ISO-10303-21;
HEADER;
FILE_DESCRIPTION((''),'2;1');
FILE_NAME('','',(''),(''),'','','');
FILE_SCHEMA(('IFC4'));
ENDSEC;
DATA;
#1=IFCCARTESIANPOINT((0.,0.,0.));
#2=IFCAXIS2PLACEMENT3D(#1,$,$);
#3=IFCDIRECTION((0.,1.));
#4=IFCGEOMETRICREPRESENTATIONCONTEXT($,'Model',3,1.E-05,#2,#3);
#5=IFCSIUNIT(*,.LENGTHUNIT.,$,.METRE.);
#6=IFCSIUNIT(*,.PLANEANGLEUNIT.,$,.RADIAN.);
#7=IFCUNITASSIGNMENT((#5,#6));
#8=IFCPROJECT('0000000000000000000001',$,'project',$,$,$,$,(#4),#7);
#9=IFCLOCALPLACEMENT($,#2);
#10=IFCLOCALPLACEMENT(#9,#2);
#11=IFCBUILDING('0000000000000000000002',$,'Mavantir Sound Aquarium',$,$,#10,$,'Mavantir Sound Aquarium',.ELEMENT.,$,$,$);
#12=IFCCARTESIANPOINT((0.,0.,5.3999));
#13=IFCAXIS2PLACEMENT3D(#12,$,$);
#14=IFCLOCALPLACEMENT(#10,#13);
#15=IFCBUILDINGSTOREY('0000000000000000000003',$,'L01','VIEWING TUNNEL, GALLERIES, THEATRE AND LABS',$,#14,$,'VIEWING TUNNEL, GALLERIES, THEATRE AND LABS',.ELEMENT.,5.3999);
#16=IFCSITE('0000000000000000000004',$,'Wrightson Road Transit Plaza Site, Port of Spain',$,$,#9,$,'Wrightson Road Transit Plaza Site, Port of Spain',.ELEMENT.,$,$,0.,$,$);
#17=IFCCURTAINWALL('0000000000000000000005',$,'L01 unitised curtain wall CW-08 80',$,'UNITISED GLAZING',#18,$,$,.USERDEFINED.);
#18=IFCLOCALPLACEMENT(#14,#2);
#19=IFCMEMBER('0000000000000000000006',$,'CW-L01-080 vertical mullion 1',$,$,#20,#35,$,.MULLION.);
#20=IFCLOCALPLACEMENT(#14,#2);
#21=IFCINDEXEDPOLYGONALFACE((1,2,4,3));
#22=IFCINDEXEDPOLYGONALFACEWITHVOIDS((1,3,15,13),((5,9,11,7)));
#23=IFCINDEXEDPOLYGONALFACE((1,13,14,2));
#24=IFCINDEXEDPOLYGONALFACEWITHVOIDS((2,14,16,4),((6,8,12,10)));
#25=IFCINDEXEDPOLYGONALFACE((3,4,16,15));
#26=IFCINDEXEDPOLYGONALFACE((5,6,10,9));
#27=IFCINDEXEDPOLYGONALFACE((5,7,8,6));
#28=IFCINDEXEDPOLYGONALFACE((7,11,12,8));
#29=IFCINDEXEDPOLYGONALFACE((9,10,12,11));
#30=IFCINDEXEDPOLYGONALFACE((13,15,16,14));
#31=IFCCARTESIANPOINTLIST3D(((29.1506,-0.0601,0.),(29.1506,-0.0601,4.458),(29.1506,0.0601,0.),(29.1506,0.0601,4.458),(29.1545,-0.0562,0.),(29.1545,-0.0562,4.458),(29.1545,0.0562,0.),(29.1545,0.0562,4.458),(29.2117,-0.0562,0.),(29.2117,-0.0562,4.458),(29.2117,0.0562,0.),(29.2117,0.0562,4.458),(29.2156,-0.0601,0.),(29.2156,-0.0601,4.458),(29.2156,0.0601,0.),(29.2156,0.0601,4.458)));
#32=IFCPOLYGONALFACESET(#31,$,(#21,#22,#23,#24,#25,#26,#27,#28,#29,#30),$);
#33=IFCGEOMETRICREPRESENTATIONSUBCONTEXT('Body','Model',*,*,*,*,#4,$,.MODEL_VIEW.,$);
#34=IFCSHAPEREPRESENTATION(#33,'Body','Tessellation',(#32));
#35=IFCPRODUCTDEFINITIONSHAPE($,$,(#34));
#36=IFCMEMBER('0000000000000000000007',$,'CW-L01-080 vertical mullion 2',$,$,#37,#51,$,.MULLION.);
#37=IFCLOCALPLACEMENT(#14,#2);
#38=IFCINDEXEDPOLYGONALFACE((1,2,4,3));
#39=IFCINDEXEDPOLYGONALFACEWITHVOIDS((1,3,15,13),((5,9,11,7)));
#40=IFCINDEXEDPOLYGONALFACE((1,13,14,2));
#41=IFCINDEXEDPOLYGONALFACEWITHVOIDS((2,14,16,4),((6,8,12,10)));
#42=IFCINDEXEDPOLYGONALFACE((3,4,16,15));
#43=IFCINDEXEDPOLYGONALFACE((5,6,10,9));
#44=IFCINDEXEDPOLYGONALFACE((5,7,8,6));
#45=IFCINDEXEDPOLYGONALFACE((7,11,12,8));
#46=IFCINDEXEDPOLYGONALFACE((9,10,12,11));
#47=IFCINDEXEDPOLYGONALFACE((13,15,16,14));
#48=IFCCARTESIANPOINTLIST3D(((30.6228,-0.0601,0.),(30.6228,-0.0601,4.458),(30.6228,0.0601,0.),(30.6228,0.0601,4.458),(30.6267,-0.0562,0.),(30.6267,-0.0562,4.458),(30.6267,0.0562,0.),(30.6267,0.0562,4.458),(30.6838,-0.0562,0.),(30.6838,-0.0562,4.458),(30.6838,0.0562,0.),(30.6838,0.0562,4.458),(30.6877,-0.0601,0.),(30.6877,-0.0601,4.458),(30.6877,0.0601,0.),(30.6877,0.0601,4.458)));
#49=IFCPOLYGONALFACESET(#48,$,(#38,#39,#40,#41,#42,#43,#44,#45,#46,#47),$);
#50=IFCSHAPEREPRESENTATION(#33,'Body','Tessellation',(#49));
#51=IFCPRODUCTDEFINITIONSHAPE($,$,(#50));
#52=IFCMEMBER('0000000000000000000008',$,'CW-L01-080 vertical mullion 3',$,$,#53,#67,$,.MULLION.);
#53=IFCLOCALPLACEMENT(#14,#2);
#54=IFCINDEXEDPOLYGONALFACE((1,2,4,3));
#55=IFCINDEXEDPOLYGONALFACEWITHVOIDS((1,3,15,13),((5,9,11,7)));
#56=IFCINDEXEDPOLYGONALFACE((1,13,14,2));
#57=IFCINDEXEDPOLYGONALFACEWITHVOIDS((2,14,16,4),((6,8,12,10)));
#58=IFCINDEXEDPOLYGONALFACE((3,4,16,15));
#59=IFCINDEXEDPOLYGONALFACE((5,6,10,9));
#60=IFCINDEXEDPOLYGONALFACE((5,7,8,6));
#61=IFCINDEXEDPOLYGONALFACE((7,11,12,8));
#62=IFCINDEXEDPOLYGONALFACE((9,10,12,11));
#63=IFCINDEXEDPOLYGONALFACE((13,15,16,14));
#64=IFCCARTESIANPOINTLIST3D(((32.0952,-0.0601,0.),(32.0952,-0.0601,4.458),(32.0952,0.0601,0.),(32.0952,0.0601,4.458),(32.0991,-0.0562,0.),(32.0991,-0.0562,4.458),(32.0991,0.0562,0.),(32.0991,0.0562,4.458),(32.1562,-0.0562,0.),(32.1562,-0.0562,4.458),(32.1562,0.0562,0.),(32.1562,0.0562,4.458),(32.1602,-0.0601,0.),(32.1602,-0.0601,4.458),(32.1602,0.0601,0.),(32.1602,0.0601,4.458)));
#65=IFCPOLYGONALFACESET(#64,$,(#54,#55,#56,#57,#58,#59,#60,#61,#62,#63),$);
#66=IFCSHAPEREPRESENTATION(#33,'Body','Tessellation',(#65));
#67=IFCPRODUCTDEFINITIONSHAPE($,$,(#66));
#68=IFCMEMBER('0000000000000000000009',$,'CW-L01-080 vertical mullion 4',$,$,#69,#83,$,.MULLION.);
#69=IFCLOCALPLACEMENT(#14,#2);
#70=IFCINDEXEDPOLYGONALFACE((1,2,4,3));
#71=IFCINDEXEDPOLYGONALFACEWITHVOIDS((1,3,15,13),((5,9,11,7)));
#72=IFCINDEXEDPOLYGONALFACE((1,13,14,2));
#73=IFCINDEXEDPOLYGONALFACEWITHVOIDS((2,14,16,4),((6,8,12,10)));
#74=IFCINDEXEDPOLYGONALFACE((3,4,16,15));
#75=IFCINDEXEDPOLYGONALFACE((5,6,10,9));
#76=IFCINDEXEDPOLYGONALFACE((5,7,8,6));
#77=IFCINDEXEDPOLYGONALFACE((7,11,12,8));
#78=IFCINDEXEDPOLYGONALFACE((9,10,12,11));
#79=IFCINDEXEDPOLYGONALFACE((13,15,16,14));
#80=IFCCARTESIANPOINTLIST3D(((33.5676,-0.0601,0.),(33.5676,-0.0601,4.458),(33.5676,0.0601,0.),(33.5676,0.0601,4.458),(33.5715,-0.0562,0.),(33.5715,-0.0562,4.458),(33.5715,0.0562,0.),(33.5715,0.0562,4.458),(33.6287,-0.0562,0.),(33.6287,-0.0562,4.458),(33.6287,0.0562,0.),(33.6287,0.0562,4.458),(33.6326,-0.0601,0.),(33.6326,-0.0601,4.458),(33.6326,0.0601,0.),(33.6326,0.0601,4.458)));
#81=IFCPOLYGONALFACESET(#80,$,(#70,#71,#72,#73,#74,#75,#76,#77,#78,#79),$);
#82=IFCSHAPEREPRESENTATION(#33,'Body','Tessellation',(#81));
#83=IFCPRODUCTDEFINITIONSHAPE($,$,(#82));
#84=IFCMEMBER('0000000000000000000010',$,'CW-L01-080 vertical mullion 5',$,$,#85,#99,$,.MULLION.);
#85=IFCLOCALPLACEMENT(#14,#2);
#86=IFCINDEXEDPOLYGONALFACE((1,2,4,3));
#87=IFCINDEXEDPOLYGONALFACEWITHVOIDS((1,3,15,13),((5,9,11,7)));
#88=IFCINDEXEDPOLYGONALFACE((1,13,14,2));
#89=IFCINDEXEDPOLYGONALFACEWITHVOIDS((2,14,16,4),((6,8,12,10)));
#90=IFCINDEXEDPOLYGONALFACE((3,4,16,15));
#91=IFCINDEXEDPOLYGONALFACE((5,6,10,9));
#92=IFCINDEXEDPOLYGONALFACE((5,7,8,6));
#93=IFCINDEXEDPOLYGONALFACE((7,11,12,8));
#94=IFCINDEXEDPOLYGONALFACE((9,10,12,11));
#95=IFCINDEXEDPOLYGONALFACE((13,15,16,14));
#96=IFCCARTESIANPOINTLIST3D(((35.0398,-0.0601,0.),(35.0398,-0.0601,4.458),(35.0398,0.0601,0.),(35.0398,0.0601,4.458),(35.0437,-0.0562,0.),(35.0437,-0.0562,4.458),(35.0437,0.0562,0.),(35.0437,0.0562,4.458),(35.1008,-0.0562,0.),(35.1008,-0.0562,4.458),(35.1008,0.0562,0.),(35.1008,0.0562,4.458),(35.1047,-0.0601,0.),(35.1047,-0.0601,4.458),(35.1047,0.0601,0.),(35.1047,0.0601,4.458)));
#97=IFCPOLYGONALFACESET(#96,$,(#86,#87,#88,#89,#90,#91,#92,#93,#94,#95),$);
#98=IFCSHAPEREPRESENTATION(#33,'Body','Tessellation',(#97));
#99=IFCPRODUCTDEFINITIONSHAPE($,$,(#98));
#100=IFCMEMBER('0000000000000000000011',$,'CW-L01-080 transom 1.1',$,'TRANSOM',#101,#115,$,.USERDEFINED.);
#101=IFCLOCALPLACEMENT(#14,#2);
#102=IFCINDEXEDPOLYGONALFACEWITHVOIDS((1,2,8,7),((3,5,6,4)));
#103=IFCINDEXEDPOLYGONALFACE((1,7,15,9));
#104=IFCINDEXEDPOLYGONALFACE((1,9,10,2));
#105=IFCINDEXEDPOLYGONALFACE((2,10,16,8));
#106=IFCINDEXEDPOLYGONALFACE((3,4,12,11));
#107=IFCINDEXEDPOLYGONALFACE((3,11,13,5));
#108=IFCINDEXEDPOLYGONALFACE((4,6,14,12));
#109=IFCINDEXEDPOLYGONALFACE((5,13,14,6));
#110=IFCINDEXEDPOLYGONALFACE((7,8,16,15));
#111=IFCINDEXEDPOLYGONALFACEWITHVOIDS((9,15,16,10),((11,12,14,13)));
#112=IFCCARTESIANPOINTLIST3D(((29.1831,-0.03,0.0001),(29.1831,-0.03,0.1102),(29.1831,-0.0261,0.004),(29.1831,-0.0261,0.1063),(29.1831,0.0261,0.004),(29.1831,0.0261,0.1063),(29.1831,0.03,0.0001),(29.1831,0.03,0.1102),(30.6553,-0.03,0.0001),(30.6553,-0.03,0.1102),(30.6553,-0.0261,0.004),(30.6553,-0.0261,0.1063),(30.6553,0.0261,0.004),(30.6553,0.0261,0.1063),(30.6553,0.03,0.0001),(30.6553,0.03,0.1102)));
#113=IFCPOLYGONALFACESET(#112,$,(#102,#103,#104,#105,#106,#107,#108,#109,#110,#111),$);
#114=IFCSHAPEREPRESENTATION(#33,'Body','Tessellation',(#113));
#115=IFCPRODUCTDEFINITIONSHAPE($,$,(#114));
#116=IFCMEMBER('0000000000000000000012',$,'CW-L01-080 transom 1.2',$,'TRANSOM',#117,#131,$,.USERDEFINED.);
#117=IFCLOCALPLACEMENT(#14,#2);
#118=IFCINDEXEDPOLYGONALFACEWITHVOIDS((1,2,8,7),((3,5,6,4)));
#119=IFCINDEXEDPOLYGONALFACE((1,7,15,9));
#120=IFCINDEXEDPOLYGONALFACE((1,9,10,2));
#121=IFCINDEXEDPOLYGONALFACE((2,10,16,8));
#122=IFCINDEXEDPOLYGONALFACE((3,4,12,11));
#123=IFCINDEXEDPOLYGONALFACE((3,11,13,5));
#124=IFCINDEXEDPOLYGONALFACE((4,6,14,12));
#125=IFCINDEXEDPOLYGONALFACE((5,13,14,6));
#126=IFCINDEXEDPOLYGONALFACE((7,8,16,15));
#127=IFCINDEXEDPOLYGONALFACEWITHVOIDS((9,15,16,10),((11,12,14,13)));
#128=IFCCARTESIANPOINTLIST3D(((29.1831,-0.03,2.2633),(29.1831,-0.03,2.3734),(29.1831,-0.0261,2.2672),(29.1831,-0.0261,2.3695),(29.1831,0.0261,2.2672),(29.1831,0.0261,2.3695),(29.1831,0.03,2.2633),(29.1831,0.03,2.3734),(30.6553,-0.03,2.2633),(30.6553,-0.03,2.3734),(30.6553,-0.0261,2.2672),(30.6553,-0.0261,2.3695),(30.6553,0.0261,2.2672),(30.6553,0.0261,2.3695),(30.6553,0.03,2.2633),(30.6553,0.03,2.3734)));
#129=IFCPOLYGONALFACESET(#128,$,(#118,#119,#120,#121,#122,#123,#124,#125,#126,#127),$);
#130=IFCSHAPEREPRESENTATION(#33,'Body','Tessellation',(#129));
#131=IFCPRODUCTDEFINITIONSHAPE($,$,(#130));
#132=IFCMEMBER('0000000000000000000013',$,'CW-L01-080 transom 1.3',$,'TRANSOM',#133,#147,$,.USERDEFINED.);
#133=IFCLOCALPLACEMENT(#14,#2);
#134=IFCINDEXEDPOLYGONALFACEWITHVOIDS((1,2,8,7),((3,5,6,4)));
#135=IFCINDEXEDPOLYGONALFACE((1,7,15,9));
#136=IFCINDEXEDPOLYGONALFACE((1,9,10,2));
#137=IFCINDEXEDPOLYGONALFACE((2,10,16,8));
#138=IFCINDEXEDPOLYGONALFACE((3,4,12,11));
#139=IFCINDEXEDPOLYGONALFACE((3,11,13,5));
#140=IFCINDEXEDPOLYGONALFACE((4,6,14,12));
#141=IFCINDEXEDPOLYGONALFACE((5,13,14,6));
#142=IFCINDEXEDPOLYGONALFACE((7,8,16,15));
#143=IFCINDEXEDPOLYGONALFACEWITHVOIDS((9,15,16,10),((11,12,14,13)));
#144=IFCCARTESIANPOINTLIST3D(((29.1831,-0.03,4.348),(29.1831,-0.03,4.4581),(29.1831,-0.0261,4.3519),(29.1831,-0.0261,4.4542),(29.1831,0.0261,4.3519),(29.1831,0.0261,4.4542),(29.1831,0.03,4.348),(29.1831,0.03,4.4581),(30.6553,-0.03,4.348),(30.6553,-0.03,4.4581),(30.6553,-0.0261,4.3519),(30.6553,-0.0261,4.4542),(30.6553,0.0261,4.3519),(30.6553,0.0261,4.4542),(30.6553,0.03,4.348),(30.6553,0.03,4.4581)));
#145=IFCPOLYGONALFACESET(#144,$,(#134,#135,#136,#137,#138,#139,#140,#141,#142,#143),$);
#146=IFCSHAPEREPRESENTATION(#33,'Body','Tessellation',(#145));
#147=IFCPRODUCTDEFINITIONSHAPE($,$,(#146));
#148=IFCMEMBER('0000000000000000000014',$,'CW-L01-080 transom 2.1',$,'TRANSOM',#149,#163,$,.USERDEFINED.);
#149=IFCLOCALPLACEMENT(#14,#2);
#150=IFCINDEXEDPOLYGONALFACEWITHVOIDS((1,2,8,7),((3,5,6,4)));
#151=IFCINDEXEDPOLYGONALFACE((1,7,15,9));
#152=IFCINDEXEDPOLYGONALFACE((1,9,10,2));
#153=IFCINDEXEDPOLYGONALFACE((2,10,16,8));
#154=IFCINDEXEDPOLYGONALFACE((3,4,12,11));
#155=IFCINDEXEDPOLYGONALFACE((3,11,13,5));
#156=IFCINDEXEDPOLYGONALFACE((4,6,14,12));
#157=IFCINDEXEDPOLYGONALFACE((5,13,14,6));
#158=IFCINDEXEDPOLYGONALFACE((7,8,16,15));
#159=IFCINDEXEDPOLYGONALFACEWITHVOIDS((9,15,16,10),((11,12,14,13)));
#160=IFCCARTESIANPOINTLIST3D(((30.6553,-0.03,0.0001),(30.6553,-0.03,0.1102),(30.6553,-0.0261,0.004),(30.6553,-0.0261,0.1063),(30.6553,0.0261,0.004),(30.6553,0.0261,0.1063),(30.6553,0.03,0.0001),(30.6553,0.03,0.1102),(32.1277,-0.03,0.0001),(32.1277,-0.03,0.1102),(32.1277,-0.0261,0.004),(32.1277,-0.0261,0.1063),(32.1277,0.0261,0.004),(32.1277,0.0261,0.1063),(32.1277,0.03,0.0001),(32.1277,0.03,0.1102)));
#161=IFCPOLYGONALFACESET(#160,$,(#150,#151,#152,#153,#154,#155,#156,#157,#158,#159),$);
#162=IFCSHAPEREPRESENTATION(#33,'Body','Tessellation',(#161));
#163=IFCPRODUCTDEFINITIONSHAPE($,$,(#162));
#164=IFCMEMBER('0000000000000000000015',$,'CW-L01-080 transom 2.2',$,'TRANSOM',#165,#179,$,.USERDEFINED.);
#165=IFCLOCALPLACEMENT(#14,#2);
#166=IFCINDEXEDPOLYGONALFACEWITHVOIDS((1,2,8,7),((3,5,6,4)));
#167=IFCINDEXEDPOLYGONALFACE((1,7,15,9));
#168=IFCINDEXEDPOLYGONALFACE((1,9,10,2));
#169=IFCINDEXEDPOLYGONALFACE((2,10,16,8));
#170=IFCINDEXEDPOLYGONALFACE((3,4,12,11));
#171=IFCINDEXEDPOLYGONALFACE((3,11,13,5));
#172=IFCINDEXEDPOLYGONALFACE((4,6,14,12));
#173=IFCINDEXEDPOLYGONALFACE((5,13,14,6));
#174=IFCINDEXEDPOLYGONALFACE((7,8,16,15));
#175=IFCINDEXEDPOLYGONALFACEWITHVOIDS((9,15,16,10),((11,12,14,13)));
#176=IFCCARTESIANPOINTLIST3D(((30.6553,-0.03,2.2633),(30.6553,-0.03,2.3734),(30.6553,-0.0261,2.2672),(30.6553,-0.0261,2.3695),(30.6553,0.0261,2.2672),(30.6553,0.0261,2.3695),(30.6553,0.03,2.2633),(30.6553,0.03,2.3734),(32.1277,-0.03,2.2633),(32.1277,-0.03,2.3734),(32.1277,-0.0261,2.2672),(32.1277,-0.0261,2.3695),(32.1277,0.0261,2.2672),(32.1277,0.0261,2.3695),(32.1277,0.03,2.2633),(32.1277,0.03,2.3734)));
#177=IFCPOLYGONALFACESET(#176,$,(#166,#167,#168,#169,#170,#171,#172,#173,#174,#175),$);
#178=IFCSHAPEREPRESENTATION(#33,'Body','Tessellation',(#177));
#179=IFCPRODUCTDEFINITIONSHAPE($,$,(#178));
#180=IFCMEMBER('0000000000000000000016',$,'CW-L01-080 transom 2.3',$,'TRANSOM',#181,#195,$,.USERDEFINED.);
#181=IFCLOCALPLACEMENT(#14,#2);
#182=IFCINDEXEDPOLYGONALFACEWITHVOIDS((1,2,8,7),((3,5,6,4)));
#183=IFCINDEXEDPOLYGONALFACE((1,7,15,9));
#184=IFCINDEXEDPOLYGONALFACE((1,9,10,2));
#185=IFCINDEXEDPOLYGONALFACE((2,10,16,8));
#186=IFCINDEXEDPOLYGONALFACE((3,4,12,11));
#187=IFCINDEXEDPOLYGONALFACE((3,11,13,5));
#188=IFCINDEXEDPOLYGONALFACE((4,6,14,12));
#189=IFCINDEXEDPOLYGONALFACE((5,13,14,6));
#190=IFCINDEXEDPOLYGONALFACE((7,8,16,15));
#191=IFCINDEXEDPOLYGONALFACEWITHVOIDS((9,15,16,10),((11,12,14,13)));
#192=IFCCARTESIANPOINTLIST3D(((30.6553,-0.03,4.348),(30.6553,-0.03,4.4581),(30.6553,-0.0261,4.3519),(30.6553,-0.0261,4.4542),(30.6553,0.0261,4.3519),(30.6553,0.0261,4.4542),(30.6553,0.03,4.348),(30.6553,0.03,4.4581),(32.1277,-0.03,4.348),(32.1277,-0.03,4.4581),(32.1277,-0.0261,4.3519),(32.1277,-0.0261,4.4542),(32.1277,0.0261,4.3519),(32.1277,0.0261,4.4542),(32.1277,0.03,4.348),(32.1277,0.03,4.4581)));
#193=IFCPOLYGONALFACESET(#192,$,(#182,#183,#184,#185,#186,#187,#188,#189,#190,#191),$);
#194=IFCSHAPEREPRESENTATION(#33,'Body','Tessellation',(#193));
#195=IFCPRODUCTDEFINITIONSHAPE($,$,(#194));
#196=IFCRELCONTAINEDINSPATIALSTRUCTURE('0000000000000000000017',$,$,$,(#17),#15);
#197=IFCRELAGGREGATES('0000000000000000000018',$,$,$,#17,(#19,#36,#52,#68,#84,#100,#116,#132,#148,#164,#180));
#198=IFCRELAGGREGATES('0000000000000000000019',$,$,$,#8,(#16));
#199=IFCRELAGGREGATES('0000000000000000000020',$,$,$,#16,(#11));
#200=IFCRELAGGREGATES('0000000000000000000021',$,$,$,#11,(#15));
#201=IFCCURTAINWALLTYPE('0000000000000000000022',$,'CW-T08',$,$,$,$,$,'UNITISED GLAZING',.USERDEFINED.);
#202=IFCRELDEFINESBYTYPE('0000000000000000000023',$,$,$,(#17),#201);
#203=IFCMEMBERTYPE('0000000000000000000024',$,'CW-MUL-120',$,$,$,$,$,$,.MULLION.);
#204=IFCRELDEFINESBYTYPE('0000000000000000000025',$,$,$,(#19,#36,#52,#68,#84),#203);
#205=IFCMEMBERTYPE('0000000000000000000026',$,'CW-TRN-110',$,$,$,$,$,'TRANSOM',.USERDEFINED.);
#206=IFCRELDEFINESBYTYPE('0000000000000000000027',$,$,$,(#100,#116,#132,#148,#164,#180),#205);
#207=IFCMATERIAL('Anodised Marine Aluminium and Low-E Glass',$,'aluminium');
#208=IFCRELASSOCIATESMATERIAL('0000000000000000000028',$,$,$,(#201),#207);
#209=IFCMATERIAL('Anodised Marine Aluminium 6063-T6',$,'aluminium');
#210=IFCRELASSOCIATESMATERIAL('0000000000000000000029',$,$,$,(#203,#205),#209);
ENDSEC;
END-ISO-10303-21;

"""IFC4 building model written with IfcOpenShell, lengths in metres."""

from ifc_helpers import new_model, si_unit, direction, frame, origin, origin_2d, place, context, subcontext, project, spatial, hollow_rectangle, extrude, material, material_profile, profile_set, type_object, element, aggregate, save


model = new_model("IFC4")

# Units and contexts
model_context = context("Model", 3, precision=1e-05, world=origin(), true_north=direction((0.0, 1.0)))
body_context = subcontext(model_context, "Body", "Model", "MODEL_VIEW")
ifc_project = project(units=[si_unit("LENGTHUNIT", "METRE"), si_unit("PLANEANGLEUNIT", "RADIAN")], contexts=[model_context])

# Site, building, storey
site_placement = place(None, origin())
site = spatial("IfcSite", under=ifc_project, at=site_placement, Name="Wrightson Road Transit Plaza Site, Port of Spain", LongName="Wrightson Road Transit Plaza Site, Port of Spain", CompositionType="ELEMENT", RefElevation=0.0)
building_placement = place(site_placement, origin())
building = spatial("IfcBuilding", under=site, at=building_placement, Name="Mavantir Sound Aquarium", LongName="Mavantir Sound Aquarium", CompositionType="ELEMENT")
storey_placement = place(building_placement, frame((0.0, 0.0, 5.3999)))
storey = spatial("IfcBuildingStorey", under=building, at=storey_placement, Name="L01", Description="VIEWING TUNNEL, GALLERIES, THEATRE AND LABS", LongName="VIEWING TUNNEL, GALLERIES, THEATRE AND LABS", CompositionType="ELEMENT", Elevation=5.3999)

# Curtain wall, members
ifc_material_1 = material(Name="Anodised Marine Aluminium and Low-E Glass", Category="aluminium")
curtain_wall_type = type_object("IfcCurtainWallType", Name="CW-T08", ElementType="UNITISED GLAZING", PredefinedType="USERDEFINED", material=ifc_material_1)
curtain_wall_placement = place(storey_placement, origin())
curtain_wall = element("IfcCurtainWall", 1, at=curtain_wall_placement, inside=storey, type_object=curtain_wall_type, Name="L01 unitised curtain wall CW-08 80", ObjectType="UNITISED GLAZING", PredefinedType="USERDEFINED")
ifc_material_2 = material(Name="Anodised Marine Aluminium 6063-T6", Category="aluminium")
ifc_material_profile_1 = material_profile(ifc_material_2, hollow_rectangle(XDim=0.0649, YDim=0.1201, WallThickness=0.0039, at=origin_2d()), Name="ALU-MULLION-120X65")
ifc_profile_set_1 = profile_set([ifc_material_profile_1], Name="Anodised Marine Aluminium 6063-T6")
member_type_1 = type_object("IfcMemberType", Name="CW-MUL-120", PredefinedType="MULLION", material=ifc_profile_set_1)
member_1_placement = place(storey_placement, frame((29.1831, 0.0, 0.0), z_axis=(0.0, 0.0, 1.0), x_axis=(1.0, 0.0, 0.0)))
member_1 = element("IfcMember", 2, at=member_1_placement, type_object=member_type_1, Name="CW-L01-080 vertical mullion 1", PredefinedType="MULLION", context=body_context, shape_type="SweptSolid", body=[
    extrude(hollow_rectangle(XDim=0.0649, YDim=0.1201, WallThickness=0.0039, at=origin_2d()), origin(), (0.0, 0.0, 1.0), 4.458),
])
member_2_placement = place(storey_placement, frame((30.6553, 0.0, 0.0), z_axis=(0.0, 0.0, 1.0), x_axis=(1.0, 0.0, 0.0)))
member_2 = element("IfcMember", 3, at=member_2_placement, type_object=member_type_1, Name="CW-L01-080 vertical mullion 2", PredefinedType="MULLION", context=body_context, shape_type="SweptSolid", body=[
    extrude(hollow_rectangle(XDim=0.0649, YDim=0.1201, WallThickness=0.0039, at=origin_2d()), origin(), (0.0, 0.0, 1.0), 4.458),
])
member_3_placement = place(storey_placement, frame((32.1277, 0.0, 0.0), z_axis=(0.0, 0.0, 1.0), x_axis=(1.0, 0.0, 0.0)))
member_3 = element("IfcMember", 4, at=member_3_placement, type_object=member_type_1, Name="CW-L01-080 vertical mullion 3", PredefinedType="MULLION", context=body_context, shape_type="SweptSolid", body=[
    extrude(hollow_rectangle(XDim=0.0649, YDim=0.1201, WallThickness=0.0039, at=origin_2d()), origin(), (0.0, 0.0, 1.0), 4.458),
])
member_4_placement = place(storey_placement, frame((33.6001, 0.0, 0.0), z_axis=(0.0, 0.0, 1.0), x_axis=(1.0, 0.0, 0.0)))
member_4 = element("IfcMember", 5, at=member_4_placement, type_object=member_type_1, Name="CW-L01-080 vertical mullion 4", PredefinedType="MULLION", context=body_context, shape_type="SweptSolid", body=[
    extrude(hollow_rectangle(XDim=0.0649, YDim=0.1201, WallThickness=0.0039, at=origin_2d()), origin(), (0.0, 0.0, 1.0), 4.458),
])
member_5_placement = place(storey_placement, frame((35.0723, 0.0, 0.0), z_axis=(0.0, 0.0, 1.0), x_axis=(1.0, 0.0, 0.0)))
member_5 = element("IfcMember", 6, at=member_5_placement, type_object=member_type_1, Name="CW-L01-080 vertical mullion 5", PredefinedType="MULLION", context=body_context, shape_type="SweptSolid", body=[
    extrude(hollow_rectangle(XDim=0.0649, YDim=0.1201, WallThickness=0.0039, at=origin_2d()), origin(), (0.0, 0.0, 1.0), 4.458),
])
ifc_material_profile_2 = material_profile(ifc_material_2, hollow_rectangle(XDim=0.0601, YDim=0.1101, WallThickness=0.0039, at=origin_2d()), Name="ALU-TRANSOM-110X60")
ifc_profile_set_2 = profile_set([ifc_material_profile_2], Name="Anodised Marine Aluminium 6063-T6")
member_type_2 = type_object("IfcMemberType", Name="CW-TRN-110", ElementType="TRANSOM", PredefinedType="USERDEFINED", material=ifc_profile_set_2)
member_6_placement = place(storey_placement, frame((29.1831, 0.0, 0.0552), z_axis=(1.0, 0.0, 0.0), x_axis=(0.0, 1.0, 0.0)))
member_6 = element("IfcMember", 7, at=member_6_placement, type_object=member_type_2, Name="CW-L01-080 transom 1.1", ObjectType="TRANSOM", PredefinedType="USERDEFINED", context=body_context, shape_type="SweptSolid", body=[
    extrude(hollow_rectangle(XDim=0.0601, YDim=0.1101, WallThickness=0.0039, at=origin_2d()), origin(), (0.0, 0.0, 1.0), 1.4722),
])
member_7_placement = place(storey_placement, frame((29.1831, 0.0, 2.3184), z_axis=(1.0, 0.0, 0.0), x_axis=(0.0, 1.0, 0.0)))
member_7 = element("IfcMember", 8, at=member_7_placement, type_object=member_type_2, Name="CW-L01-080 transom 1.2", ObjectType="TRANSOM", PredefinedType="USERDEFINED", context=body_context, shape_type="SweptSolid", body=[
    extrude(hollow_rectangle(XDim=0.0601, YDim=0.1101, WallThickness=0.0039, at=origin_2d()), origin(), (0.0, 0.0, 1.0), 1.4722),
])
member_8_placement = place(storey_placement, frame((29.1831, 0.0, 4.4031), z_axis=(1.0, 0.0, 0.0), x_axis=(0.0, 1.0, 0.0)))
member_8 = element("IfcMember", 9, at=member_8_placement, type_object=member_type_2, Name="CW-L01-080 transom 1.3", ObjectType="TRANSOM", PredefinedType="USERDEFINED", context=body_context, shape_type="SweptSolid", body=[
    extrude(hollow_rectangle(XDim=0.0601, YDim=0.1101, WallThickness=0.0039, at=origin_2d()), origin(), (0.0, 0.0, 1.0), 1.4722),
])
member_9_placement = place(storey_placement, frame((30.6553, 0.0, 0.0552), z_axis=(1.0, 0.0, 0.0), x_axis=(0.0, 1.0, 0.0)))
member_9 = element("IfcMember", 10, at=member_9_placement, type_object=member_type_2, Name="CW-L01-080 transom 2.1", ObjectType="TRANSOM", PredefinedType="USERDEFINED", context=body_context, shape_type="SweptSolid", body=[
    extrude(hollow_rectangle(XDim=0.0601, YDim=0.1101, WallThickness=0.0039, at=origin_2d()), origin(), (0.0, 0.0, 1.0), 1.4724),
])
member_10_placement = place(storey_placement, frame((30.6553, 0.0, 2.3184), z_axis=(1.0, 0.0, 0.0), x_axis=(0.0, 1.0, 0.0)))
member_10 = element("IfcMember", 11, at=member_10_placement, type_object=member_type_2, Name="CW-L01-080 transom 2.2", ObjectType="TRANSOM", PredefinedType="USERDEFINED", context=body_context, shape_type="SweptSolid", body=[
    extrude(hollow_rectangle(XDim=0.0601, YDim=0.1101, WallThickness=0.0039, at=origin_2d()), origin(), (0.0, 0.0, 1.0), 1.4724),
])
member_11_placement = place(storey_placement, frame((30.6553, 0.0, 4.4031), z_axis=(1.0, 0.0, 0.0), x_axis=(0.0, 1.0, 0.0)))
member_11 = element("IfcMember", 12, at=member_11_placement, type_object=member_type_2, Name="CW-L01-080 transom 2.3", ObjectType="TRANSOM", PredefinedType="USERDEFINED", context=body_context, shape_type="SweptSolid", body=[
    extrude(hollow_rectangle(XDim=0.0601, YDim=0.1101, WallThickness=0.0039, at=origin_2d()), origin(), (0.0, 0.0, 1.0), 1.4724),
])
aggregate(curtain_wall, [member_1, member_2, member_3, member_4, member_5, member_6, member_7, member_8, member_9, member_10, member_11])

save(model, "model.ifc")
